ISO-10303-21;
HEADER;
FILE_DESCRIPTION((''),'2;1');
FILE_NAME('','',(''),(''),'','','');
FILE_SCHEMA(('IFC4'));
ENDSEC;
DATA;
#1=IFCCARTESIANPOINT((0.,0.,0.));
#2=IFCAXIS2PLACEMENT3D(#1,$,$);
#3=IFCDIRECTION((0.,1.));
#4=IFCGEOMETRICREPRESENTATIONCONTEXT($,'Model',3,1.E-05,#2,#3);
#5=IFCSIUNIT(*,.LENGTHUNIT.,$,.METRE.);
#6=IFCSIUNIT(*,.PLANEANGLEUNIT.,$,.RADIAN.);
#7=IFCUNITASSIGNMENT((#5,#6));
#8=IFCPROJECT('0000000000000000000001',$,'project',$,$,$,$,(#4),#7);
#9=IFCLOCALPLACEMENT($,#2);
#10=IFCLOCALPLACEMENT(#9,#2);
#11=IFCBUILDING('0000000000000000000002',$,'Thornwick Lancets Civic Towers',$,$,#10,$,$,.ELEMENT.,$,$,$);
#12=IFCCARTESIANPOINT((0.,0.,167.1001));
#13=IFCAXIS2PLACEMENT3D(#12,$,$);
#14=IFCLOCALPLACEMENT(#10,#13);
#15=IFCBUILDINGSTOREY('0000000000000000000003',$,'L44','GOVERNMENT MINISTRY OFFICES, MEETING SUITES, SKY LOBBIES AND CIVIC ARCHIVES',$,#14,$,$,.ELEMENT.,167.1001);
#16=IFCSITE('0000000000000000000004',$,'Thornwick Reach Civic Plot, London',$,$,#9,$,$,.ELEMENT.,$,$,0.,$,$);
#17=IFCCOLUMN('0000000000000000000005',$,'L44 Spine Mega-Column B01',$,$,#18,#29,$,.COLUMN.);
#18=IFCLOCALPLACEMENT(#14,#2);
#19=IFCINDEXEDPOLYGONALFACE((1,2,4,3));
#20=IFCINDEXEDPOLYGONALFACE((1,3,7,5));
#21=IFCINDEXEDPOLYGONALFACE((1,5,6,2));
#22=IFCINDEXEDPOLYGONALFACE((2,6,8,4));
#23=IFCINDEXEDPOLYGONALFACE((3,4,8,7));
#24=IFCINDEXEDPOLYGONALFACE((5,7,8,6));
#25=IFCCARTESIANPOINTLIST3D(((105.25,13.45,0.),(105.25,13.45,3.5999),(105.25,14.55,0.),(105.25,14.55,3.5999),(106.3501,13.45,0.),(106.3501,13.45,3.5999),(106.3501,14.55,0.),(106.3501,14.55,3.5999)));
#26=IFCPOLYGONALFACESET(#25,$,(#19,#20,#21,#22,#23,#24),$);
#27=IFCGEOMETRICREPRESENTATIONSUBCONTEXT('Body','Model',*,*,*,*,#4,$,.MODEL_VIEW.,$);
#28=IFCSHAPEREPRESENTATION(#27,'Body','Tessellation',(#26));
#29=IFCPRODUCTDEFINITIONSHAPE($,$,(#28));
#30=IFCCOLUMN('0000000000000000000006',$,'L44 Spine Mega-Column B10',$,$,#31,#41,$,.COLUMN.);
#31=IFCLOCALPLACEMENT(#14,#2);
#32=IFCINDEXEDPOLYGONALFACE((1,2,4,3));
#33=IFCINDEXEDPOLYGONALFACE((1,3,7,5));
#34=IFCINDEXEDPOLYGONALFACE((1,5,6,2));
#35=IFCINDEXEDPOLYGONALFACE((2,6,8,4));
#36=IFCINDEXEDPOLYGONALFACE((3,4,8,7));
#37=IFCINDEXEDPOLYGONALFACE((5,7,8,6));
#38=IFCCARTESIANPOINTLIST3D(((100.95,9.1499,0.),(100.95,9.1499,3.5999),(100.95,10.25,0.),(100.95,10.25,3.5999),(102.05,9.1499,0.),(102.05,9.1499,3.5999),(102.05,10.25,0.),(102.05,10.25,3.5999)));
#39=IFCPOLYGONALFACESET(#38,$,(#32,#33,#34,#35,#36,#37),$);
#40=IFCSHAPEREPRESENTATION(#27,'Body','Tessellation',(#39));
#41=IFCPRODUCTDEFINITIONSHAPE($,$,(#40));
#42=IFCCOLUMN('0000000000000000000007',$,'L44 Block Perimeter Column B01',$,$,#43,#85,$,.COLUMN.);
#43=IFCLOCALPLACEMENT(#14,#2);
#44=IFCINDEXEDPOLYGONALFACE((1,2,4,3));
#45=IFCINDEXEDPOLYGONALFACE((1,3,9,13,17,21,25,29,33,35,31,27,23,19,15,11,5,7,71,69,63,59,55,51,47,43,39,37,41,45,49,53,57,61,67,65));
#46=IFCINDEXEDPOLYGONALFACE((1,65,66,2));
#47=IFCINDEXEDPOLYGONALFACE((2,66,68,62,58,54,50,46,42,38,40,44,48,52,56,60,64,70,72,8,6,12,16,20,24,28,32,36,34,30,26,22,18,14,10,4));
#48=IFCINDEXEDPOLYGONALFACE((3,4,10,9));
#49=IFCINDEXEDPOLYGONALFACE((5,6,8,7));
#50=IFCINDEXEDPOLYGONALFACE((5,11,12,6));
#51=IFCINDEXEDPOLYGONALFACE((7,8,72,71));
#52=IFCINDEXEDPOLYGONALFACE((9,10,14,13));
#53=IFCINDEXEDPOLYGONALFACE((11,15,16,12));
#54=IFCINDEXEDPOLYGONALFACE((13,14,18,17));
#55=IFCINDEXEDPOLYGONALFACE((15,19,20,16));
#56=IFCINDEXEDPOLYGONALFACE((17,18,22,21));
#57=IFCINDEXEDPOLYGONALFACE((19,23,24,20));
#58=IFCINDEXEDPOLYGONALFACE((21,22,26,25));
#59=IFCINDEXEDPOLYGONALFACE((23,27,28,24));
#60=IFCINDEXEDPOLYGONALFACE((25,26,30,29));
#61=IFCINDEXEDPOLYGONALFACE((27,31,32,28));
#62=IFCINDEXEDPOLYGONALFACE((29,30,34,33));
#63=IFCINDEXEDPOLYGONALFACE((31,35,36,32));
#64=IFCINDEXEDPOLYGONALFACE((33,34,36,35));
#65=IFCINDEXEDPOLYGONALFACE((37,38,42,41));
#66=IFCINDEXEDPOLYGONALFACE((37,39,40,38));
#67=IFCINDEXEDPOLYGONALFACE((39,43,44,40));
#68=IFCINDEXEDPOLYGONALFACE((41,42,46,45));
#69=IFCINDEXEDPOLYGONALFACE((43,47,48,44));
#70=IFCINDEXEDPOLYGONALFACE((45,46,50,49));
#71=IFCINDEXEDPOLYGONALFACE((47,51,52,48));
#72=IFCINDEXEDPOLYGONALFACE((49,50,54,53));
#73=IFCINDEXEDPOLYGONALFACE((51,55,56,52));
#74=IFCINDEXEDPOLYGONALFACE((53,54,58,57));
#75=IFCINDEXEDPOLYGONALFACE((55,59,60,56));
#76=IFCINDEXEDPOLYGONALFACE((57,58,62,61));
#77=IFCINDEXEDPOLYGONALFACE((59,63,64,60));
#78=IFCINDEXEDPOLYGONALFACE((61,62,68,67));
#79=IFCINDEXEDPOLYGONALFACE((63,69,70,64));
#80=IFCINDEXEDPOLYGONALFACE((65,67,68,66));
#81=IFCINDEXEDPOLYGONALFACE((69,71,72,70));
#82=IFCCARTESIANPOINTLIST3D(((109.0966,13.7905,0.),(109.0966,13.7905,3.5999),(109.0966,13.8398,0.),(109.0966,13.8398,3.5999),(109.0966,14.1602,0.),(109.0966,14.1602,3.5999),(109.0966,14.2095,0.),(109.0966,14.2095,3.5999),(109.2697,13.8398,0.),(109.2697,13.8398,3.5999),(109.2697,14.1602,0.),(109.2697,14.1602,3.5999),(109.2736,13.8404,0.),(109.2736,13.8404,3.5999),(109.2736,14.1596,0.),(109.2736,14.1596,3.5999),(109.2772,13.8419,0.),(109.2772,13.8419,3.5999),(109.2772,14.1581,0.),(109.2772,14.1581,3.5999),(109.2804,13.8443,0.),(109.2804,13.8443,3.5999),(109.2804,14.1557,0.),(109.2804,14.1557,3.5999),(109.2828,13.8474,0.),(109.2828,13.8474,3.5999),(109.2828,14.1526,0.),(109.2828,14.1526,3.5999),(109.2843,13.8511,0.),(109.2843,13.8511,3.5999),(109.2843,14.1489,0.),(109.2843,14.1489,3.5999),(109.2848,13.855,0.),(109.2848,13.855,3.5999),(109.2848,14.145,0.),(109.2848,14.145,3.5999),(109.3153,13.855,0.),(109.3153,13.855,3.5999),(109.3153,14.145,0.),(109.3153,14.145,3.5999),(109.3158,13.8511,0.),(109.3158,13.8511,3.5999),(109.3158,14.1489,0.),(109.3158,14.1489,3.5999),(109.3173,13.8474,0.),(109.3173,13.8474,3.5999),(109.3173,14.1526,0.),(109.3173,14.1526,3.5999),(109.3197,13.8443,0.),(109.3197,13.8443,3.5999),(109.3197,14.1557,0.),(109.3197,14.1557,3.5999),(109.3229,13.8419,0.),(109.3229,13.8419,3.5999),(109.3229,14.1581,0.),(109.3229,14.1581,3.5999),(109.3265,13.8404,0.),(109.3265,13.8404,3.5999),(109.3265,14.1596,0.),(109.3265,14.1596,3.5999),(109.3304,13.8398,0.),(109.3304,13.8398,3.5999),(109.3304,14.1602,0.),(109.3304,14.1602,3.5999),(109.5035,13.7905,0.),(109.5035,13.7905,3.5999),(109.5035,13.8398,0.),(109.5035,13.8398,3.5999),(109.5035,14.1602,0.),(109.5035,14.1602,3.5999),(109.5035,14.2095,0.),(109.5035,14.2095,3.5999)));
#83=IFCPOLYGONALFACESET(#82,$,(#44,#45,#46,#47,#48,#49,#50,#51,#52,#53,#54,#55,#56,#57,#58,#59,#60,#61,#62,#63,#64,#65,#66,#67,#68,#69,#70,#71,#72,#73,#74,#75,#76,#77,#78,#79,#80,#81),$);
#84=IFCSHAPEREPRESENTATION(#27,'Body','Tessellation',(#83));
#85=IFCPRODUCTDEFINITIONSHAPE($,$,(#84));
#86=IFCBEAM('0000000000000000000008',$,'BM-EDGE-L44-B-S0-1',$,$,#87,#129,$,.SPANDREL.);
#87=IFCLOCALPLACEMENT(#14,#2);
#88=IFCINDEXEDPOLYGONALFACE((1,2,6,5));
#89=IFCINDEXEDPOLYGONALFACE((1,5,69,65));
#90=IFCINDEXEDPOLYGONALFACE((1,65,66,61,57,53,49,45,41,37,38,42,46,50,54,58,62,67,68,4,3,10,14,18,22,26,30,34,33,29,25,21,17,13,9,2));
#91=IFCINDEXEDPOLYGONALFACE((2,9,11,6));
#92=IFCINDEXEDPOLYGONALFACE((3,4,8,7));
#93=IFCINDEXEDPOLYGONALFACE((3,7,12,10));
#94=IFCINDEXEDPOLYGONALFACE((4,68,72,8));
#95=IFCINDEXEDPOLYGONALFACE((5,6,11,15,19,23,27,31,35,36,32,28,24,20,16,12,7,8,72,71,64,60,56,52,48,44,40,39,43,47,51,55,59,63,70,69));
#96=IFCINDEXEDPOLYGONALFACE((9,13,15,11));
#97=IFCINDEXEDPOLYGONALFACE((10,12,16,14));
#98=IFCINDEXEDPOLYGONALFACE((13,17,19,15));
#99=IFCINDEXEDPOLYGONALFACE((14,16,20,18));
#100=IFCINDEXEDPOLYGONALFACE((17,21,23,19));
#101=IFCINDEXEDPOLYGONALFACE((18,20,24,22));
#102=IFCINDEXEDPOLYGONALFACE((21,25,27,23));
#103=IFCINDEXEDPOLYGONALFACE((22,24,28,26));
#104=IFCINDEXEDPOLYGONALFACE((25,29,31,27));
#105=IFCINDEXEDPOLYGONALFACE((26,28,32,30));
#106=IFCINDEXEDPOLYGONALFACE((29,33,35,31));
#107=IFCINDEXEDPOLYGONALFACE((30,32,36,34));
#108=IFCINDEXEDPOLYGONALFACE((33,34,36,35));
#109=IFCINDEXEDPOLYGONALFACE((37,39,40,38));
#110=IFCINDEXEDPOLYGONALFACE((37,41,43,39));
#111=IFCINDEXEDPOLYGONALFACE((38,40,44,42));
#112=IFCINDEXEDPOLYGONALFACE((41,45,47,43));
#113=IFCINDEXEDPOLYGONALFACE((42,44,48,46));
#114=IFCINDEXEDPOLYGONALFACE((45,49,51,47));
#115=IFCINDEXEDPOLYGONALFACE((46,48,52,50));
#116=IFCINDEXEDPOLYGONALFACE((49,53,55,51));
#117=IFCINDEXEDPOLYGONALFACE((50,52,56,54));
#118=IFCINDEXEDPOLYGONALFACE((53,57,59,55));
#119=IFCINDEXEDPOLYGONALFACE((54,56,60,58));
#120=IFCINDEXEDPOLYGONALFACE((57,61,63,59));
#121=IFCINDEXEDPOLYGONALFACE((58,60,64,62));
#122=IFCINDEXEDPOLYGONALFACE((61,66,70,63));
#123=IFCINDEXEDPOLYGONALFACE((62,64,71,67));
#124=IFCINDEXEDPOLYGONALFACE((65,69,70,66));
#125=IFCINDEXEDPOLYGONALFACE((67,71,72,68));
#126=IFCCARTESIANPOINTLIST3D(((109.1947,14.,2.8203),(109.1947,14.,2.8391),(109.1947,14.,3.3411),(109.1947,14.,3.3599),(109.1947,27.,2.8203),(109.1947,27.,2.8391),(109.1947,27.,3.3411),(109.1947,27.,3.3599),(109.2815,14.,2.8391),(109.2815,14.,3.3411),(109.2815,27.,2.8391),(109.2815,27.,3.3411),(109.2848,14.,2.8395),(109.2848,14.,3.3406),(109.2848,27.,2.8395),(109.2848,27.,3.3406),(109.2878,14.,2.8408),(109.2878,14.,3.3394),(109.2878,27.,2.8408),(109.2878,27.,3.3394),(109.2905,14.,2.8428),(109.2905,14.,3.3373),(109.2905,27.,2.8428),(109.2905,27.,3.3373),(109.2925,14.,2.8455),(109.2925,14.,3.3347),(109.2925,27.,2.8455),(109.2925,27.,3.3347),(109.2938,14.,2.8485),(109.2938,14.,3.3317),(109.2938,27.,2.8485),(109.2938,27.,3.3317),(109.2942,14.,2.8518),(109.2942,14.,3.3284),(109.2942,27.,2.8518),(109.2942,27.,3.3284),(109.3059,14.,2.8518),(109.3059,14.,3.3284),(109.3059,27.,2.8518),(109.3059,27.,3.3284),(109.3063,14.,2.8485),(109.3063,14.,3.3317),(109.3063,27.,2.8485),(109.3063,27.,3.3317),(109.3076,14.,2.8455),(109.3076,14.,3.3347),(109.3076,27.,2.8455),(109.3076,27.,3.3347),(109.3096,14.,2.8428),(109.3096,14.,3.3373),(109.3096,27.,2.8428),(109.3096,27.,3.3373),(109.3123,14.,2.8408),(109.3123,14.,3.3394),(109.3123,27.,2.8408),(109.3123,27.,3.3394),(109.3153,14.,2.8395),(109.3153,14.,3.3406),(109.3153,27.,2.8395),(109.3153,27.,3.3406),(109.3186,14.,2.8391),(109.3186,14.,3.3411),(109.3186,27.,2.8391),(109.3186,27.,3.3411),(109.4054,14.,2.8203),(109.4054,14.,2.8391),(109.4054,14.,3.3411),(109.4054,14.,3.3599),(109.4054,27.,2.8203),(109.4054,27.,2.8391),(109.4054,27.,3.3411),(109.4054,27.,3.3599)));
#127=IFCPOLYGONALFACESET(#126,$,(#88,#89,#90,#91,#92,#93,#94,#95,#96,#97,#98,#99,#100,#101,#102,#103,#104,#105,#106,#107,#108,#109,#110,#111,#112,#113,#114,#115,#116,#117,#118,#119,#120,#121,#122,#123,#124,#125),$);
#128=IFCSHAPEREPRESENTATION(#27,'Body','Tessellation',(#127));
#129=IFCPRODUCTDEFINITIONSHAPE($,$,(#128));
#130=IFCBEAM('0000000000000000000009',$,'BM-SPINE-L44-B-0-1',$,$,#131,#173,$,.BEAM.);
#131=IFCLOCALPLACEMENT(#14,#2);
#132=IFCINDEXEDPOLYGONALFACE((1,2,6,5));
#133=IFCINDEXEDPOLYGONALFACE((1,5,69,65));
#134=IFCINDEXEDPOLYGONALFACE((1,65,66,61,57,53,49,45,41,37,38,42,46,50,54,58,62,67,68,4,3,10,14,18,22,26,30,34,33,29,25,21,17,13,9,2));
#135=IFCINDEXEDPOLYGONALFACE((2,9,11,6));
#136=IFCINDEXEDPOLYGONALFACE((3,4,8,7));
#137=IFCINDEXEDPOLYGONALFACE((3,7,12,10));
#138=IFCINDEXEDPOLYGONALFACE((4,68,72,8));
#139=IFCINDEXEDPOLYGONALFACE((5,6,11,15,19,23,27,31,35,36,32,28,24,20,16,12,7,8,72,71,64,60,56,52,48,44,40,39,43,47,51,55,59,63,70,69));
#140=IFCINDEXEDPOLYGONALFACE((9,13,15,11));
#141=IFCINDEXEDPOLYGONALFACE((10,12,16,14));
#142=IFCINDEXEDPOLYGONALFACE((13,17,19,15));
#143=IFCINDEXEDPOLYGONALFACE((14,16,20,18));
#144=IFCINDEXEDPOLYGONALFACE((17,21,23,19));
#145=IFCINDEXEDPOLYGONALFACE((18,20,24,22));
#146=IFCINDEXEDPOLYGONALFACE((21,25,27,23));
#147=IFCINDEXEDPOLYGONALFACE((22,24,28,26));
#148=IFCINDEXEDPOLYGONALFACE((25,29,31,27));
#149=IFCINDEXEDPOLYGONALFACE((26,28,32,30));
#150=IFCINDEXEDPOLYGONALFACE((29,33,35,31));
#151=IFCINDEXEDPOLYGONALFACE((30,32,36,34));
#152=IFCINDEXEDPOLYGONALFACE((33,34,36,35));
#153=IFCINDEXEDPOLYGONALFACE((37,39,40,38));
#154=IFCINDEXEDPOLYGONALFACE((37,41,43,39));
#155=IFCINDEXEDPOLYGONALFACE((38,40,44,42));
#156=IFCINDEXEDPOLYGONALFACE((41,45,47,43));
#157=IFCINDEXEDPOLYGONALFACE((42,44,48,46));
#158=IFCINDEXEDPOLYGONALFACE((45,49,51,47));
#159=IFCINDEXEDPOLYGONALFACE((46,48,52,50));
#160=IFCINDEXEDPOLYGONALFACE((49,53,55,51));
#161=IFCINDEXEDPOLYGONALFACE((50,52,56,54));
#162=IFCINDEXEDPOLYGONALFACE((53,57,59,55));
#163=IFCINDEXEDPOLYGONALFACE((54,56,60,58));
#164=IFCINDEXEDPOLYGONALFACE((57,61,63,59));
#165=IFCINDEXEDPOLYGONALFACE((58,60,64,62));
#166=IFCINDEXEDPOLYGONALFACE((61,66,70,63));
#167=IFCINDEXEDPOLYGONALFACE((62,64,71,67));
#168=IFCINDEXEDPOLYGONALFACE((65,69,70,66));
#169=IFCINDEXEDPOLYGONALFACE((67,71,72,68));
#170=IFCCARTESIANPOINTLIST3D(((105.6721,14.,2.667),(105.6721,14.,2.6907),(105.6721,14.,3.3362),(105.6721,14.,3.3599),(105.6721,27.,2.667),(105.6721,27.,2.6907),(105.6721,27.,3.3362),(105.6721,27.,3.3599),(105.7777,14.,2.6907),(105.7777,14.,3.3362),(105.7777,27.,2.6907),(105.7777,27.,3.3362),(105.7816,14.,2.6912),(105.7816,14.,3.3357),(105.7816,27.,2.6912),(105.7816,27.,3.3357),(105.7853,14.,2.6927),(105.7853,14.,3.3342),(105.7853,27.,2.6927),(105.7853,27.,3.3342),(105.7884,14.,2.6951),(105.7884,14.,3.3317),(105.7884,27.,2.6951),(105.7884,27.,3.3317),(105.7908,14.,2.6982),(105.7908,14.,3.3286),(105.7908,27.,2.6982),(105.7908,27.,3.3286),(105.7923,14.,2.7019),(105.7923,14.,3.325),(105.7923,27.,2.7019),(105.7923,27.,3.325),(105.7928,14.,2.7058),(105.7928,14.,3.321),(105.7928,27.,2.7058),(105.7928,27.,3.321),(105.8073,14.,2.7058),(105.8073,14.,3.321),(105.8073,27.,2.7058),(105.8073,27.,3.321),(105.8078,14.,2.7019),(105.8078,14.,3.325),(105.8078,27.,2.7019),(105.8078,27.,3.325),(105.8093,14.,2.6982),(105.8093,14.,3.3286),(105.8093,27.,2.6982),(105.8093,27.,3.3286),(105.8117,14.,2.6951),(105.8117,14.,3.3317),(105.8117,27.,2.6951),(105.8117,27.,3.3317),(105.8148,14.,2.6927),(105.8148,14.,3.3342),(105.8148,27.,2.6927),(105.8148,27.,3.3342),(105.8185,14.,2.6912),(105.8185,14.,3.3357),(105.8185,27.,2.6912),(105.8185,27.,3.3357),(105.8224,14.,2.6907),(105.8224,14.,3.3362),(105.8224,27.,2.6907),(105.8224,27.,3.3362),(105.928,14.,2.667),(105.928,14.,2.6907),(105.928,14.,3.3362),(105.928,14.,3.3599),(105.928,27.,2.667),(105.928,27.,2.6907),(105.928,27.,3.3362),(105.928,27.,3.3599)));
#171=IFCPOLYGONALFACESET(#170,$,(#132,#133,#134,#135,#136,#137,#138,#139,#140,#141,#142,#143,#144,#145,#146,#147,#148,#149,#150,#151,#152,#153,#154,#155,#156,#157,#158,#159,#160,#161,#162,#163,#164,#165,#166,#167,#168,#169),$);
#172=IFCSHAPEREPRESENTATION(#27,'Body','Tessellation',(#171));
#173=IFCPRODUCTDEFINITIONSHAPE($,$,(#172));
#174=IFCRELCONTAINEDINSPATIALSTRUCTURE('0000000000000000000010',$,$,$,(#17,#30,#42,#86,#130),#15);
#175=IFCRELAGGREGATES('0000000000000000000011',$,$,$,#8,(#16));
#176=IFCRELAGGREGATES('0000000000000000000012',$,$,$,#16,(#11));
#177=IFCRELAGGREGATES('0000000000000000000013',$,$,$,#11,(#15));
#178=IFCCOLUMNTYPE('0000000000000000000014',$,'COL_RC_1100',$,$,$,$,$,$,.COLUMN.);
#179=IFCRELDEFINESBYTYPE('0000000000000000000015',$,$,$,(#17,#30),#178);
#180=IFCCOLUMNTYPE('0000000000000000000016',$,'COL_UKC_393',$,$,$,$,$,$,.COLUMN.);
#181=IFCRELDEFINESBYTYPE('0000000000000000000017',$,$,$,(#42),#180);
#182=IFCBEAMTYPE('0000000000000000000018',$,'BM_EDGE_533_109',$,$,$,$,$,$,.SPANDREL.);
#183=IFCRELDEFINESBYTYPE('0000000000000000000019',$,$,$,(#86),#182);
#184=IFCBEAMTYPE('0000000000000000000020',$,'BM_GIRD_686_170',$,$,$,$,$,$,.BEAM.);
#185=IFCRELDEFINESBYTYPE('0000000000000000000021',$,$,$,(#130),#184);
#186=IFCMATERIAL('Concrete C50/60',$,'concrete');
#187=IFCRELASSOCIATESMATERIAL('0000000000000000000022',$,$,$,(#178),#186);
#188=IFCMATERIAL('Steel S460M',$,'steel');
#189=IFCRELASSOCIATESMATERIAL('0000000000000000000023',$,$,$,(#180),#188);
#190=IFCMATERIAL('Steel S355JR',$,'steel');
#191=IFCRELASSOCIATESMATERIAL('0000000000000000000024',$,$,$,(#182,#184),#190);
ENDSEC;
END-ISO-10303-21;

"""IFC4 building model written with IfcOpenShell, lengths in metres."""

from ifc_helpers import new_model, si_unit, direction, frame, origin, origin_2d, place, context, subcontext, project, spatial, rectangle, i_section, extrude, material, material_profile, profile_set, type_object, element, save


model = new_model("IFC4")

# Units and contexts
model_context = context("Model", 3, precision=1e-05, world=origin(), true_north=direction((0.0, 1.0)))
body_context = subcontext(model_context, "Body", "Model", "MODEL_VIEW")
ifc_project = project(units=[si_unit("LENGTHUNIT", "METRE"), si_unit("PLANEANGLEUNIT", "RADIAN")], contexts=[model_context])

# Site, building, storey
site_placement = place(None, origin())
site = spatial("IfcSite", under=ifc_project, at=site_placement, Name="Thornwick Reach Civic Plot, London", CompositionType="ELEMENT", RefElevation=0.0)
building_placement = place(site_placement, origin())
building = spatial("IfcBuilding", under=site, at=building_placement, Name="Thornwick Lancets Civic Towers", CompositionType="ELEMENT")
storey_placement = place(building_placement, frame((0.0, 0.0, 167.1001)))
storey = spatial("IfcBuildingStorey", under=building, at=storey_placement, Name="L44", Description="GOVERNMENT MINISTRY OFFICES, MEETING SUITES, SKY LOBBIES AND CIVIC ARCHIVES", CompositionType="ELEMENT", Elevation=167.1001)

# Columns
ifc_material_1 = material(Name="Concrete C50/60", Category="concrete")
ifc_material_profile_1 = material_profile(ifc_material_1, rectangle(XDim=1.1001, YDim=1.1001, at=origin_2d()), Name="RC 1100x1100")
ifc_profile_set_1 = profile_set([ifc_material_profile_1], Name="Concrete C50/60")
column_type_1 = type_object("IfcColumnType", Name="COL_RC_1100", PredefinedType="COLUMN", material=ifc_profile_set_1)
for number, where, z_axis, x_axis, name in (
    (1, (105.8, 14.0, 0.0), (0.0, 0.0, 1.0), (1.0, 0.0, 0.0), "L44 Spine Mega-Column B01"),
    (2, (101.5, 9.7, 0.0), (0.0, 0.0, 1.0), (1.0, 0.0, 0.0), "L44 Spine Mega-Column B10"),
):
    element("IfcColumn", number, at=place(storey_placement, frame(where, z_axis=z_axis, x_axis=x_axis)), inside=storey, type_object=column_type_1, Name=name, PredefinedType="COLUMN", context=body_context, shape_type="SweptSolid", body=[
        extrude(rectangle(XDim=1.1001, YDim=1.1001, at=origin_2d()), origin(), (0.0, 0.0, 1.0), 3.5999),
    ])
ifc_material_2 = material(Name="Steel S460M", Category="steel")
ifc_material_profile_2 = material_profile(ifc_material_2, i_section(OverallWidth=0.407, OverallDepth=0.4189, WebThickness=0.0305, FlangeThickness=0.0493, FilletRadius=0.0151, at=origin_2d()), Name="UKC 356x406x393")
ifc_profile_set_2 = profile_set([ifc_material_profile_2], Name="Steel S460M")
column_type_2 = type_object("IfcColumnType", Name="COL_UKC_393", PredefinedType="COLUMN", material=ifc_profile_set_2)
column_placement = place(storey_placement, frame((109.3, 14.0, 0.0), z_axis=(0.0, 0.0, 1.0), x_axis=(1.0, 0.0, 0.0)))
element("IfcColumn", 3, at=column_placement, inside=storey, type_object=column_type_2, Name="L44 Block Perimeter Column B01", PredefinedType="COLUMN", context=body_context, shape_type="SweptSolid", body=[
    extrude(i_section(OverallWidth=0.407, OverallDepth=0.4189, WebThickness=0.0305, FlangeThickness=0.0493, FilletRadius=0.0151, at=origin_2d()), origin(), (0.0, 0.0, 1.0), 3.5999),
])

# Beams
ifc_material_3 = material(Name="Steel S355JR", Category="steel")
ifc_material_profile_3 = material_profile(ifc_material_3, i_section(OverallWidth=0.2107, OverallDepth=0.5396, WebThickness=0.0117, FlangeThickness=0.0188, FilletRadius=0.0127, at=origin_2d()), Name="UKB 533x210x109")
ifc_profile_set_3 = profile_set([ifc_material_profile_3], Name="Steel S355JR")
beam_type_1 = type_object("IfcBeamType", Name="BM_EDGE_533_109", PredefinedType="SPANDREL", material=ifc_profile_set_3)
beam_1_placement = place(storey_placement, frame((109.3, 14.0, 3.0901), z_axis=(0.0, 1.0, 0.0), x_axis=(-1.0, 0.0, 0.0)))
element("IfcBeam", 4, at=beam_1_placement, inside=storey, type_object=beam_type_1, Name="BM-EDGE-L44-B-S0-1", PredefinedType="SPANDREL", context=body_context, shape_type="SweptSolid", body=[
    extrude(i_section(OverallWidth=0.2107, OverallDepth=0.5396, WebThickness=0.0117, FlangeThickness=0.0188, FilletRadius=0.0127, at=origin_2d()), origin(), (0.0, 0.0, 1.0), 13.0),
])
ifc_material_profile_4 = material_profile(ifc_material_3, i_section(OverallWidth=0.2559, OverallDepth=0.6929, WebThickness=0.0144, FlangeThickness=0.0237, FilletRadius=0.0151, at=origin_2d()), Name="UKB 686x254x170")
ifc_profile_set_4 = profile_set([ifc_material_profile_4], Name="Steel S355JR")
beam_type_2 = type_object("IfcBeamType", Name="BM_GIRD_686_170", PredefinedType="BEAM", material=ifc_profile_set_4)
for number, where, z_axis, x_axis, name in (
    (5, (105.8, 14.0, 3.0134), (0.0, 1.0, 0.0), (-1.0, 0.0, 0.0), "BM-SPINE-L44-B-0-1"),
):
    element("IfcBeam", number, at=place(storey_placement, frame(where, z_axis=z_axis, x_axis=x_axis)), inside=storey, type_object=beam_type_2, Name=name, PredefinedType="BEAM", context=body_context, shape_type="SweptSolid", body=[
        extrude(i_section(OverallWidth=0.2559, OverallDepth=0.6929, WebThickness=0.0144, FlangeThickness=0.0237, FilletRadius=0.0151, at=origin_2d()), origin(), (0.0, 0.0, 1.0), 13.0),
    ])

save(model, "model.ifc")
